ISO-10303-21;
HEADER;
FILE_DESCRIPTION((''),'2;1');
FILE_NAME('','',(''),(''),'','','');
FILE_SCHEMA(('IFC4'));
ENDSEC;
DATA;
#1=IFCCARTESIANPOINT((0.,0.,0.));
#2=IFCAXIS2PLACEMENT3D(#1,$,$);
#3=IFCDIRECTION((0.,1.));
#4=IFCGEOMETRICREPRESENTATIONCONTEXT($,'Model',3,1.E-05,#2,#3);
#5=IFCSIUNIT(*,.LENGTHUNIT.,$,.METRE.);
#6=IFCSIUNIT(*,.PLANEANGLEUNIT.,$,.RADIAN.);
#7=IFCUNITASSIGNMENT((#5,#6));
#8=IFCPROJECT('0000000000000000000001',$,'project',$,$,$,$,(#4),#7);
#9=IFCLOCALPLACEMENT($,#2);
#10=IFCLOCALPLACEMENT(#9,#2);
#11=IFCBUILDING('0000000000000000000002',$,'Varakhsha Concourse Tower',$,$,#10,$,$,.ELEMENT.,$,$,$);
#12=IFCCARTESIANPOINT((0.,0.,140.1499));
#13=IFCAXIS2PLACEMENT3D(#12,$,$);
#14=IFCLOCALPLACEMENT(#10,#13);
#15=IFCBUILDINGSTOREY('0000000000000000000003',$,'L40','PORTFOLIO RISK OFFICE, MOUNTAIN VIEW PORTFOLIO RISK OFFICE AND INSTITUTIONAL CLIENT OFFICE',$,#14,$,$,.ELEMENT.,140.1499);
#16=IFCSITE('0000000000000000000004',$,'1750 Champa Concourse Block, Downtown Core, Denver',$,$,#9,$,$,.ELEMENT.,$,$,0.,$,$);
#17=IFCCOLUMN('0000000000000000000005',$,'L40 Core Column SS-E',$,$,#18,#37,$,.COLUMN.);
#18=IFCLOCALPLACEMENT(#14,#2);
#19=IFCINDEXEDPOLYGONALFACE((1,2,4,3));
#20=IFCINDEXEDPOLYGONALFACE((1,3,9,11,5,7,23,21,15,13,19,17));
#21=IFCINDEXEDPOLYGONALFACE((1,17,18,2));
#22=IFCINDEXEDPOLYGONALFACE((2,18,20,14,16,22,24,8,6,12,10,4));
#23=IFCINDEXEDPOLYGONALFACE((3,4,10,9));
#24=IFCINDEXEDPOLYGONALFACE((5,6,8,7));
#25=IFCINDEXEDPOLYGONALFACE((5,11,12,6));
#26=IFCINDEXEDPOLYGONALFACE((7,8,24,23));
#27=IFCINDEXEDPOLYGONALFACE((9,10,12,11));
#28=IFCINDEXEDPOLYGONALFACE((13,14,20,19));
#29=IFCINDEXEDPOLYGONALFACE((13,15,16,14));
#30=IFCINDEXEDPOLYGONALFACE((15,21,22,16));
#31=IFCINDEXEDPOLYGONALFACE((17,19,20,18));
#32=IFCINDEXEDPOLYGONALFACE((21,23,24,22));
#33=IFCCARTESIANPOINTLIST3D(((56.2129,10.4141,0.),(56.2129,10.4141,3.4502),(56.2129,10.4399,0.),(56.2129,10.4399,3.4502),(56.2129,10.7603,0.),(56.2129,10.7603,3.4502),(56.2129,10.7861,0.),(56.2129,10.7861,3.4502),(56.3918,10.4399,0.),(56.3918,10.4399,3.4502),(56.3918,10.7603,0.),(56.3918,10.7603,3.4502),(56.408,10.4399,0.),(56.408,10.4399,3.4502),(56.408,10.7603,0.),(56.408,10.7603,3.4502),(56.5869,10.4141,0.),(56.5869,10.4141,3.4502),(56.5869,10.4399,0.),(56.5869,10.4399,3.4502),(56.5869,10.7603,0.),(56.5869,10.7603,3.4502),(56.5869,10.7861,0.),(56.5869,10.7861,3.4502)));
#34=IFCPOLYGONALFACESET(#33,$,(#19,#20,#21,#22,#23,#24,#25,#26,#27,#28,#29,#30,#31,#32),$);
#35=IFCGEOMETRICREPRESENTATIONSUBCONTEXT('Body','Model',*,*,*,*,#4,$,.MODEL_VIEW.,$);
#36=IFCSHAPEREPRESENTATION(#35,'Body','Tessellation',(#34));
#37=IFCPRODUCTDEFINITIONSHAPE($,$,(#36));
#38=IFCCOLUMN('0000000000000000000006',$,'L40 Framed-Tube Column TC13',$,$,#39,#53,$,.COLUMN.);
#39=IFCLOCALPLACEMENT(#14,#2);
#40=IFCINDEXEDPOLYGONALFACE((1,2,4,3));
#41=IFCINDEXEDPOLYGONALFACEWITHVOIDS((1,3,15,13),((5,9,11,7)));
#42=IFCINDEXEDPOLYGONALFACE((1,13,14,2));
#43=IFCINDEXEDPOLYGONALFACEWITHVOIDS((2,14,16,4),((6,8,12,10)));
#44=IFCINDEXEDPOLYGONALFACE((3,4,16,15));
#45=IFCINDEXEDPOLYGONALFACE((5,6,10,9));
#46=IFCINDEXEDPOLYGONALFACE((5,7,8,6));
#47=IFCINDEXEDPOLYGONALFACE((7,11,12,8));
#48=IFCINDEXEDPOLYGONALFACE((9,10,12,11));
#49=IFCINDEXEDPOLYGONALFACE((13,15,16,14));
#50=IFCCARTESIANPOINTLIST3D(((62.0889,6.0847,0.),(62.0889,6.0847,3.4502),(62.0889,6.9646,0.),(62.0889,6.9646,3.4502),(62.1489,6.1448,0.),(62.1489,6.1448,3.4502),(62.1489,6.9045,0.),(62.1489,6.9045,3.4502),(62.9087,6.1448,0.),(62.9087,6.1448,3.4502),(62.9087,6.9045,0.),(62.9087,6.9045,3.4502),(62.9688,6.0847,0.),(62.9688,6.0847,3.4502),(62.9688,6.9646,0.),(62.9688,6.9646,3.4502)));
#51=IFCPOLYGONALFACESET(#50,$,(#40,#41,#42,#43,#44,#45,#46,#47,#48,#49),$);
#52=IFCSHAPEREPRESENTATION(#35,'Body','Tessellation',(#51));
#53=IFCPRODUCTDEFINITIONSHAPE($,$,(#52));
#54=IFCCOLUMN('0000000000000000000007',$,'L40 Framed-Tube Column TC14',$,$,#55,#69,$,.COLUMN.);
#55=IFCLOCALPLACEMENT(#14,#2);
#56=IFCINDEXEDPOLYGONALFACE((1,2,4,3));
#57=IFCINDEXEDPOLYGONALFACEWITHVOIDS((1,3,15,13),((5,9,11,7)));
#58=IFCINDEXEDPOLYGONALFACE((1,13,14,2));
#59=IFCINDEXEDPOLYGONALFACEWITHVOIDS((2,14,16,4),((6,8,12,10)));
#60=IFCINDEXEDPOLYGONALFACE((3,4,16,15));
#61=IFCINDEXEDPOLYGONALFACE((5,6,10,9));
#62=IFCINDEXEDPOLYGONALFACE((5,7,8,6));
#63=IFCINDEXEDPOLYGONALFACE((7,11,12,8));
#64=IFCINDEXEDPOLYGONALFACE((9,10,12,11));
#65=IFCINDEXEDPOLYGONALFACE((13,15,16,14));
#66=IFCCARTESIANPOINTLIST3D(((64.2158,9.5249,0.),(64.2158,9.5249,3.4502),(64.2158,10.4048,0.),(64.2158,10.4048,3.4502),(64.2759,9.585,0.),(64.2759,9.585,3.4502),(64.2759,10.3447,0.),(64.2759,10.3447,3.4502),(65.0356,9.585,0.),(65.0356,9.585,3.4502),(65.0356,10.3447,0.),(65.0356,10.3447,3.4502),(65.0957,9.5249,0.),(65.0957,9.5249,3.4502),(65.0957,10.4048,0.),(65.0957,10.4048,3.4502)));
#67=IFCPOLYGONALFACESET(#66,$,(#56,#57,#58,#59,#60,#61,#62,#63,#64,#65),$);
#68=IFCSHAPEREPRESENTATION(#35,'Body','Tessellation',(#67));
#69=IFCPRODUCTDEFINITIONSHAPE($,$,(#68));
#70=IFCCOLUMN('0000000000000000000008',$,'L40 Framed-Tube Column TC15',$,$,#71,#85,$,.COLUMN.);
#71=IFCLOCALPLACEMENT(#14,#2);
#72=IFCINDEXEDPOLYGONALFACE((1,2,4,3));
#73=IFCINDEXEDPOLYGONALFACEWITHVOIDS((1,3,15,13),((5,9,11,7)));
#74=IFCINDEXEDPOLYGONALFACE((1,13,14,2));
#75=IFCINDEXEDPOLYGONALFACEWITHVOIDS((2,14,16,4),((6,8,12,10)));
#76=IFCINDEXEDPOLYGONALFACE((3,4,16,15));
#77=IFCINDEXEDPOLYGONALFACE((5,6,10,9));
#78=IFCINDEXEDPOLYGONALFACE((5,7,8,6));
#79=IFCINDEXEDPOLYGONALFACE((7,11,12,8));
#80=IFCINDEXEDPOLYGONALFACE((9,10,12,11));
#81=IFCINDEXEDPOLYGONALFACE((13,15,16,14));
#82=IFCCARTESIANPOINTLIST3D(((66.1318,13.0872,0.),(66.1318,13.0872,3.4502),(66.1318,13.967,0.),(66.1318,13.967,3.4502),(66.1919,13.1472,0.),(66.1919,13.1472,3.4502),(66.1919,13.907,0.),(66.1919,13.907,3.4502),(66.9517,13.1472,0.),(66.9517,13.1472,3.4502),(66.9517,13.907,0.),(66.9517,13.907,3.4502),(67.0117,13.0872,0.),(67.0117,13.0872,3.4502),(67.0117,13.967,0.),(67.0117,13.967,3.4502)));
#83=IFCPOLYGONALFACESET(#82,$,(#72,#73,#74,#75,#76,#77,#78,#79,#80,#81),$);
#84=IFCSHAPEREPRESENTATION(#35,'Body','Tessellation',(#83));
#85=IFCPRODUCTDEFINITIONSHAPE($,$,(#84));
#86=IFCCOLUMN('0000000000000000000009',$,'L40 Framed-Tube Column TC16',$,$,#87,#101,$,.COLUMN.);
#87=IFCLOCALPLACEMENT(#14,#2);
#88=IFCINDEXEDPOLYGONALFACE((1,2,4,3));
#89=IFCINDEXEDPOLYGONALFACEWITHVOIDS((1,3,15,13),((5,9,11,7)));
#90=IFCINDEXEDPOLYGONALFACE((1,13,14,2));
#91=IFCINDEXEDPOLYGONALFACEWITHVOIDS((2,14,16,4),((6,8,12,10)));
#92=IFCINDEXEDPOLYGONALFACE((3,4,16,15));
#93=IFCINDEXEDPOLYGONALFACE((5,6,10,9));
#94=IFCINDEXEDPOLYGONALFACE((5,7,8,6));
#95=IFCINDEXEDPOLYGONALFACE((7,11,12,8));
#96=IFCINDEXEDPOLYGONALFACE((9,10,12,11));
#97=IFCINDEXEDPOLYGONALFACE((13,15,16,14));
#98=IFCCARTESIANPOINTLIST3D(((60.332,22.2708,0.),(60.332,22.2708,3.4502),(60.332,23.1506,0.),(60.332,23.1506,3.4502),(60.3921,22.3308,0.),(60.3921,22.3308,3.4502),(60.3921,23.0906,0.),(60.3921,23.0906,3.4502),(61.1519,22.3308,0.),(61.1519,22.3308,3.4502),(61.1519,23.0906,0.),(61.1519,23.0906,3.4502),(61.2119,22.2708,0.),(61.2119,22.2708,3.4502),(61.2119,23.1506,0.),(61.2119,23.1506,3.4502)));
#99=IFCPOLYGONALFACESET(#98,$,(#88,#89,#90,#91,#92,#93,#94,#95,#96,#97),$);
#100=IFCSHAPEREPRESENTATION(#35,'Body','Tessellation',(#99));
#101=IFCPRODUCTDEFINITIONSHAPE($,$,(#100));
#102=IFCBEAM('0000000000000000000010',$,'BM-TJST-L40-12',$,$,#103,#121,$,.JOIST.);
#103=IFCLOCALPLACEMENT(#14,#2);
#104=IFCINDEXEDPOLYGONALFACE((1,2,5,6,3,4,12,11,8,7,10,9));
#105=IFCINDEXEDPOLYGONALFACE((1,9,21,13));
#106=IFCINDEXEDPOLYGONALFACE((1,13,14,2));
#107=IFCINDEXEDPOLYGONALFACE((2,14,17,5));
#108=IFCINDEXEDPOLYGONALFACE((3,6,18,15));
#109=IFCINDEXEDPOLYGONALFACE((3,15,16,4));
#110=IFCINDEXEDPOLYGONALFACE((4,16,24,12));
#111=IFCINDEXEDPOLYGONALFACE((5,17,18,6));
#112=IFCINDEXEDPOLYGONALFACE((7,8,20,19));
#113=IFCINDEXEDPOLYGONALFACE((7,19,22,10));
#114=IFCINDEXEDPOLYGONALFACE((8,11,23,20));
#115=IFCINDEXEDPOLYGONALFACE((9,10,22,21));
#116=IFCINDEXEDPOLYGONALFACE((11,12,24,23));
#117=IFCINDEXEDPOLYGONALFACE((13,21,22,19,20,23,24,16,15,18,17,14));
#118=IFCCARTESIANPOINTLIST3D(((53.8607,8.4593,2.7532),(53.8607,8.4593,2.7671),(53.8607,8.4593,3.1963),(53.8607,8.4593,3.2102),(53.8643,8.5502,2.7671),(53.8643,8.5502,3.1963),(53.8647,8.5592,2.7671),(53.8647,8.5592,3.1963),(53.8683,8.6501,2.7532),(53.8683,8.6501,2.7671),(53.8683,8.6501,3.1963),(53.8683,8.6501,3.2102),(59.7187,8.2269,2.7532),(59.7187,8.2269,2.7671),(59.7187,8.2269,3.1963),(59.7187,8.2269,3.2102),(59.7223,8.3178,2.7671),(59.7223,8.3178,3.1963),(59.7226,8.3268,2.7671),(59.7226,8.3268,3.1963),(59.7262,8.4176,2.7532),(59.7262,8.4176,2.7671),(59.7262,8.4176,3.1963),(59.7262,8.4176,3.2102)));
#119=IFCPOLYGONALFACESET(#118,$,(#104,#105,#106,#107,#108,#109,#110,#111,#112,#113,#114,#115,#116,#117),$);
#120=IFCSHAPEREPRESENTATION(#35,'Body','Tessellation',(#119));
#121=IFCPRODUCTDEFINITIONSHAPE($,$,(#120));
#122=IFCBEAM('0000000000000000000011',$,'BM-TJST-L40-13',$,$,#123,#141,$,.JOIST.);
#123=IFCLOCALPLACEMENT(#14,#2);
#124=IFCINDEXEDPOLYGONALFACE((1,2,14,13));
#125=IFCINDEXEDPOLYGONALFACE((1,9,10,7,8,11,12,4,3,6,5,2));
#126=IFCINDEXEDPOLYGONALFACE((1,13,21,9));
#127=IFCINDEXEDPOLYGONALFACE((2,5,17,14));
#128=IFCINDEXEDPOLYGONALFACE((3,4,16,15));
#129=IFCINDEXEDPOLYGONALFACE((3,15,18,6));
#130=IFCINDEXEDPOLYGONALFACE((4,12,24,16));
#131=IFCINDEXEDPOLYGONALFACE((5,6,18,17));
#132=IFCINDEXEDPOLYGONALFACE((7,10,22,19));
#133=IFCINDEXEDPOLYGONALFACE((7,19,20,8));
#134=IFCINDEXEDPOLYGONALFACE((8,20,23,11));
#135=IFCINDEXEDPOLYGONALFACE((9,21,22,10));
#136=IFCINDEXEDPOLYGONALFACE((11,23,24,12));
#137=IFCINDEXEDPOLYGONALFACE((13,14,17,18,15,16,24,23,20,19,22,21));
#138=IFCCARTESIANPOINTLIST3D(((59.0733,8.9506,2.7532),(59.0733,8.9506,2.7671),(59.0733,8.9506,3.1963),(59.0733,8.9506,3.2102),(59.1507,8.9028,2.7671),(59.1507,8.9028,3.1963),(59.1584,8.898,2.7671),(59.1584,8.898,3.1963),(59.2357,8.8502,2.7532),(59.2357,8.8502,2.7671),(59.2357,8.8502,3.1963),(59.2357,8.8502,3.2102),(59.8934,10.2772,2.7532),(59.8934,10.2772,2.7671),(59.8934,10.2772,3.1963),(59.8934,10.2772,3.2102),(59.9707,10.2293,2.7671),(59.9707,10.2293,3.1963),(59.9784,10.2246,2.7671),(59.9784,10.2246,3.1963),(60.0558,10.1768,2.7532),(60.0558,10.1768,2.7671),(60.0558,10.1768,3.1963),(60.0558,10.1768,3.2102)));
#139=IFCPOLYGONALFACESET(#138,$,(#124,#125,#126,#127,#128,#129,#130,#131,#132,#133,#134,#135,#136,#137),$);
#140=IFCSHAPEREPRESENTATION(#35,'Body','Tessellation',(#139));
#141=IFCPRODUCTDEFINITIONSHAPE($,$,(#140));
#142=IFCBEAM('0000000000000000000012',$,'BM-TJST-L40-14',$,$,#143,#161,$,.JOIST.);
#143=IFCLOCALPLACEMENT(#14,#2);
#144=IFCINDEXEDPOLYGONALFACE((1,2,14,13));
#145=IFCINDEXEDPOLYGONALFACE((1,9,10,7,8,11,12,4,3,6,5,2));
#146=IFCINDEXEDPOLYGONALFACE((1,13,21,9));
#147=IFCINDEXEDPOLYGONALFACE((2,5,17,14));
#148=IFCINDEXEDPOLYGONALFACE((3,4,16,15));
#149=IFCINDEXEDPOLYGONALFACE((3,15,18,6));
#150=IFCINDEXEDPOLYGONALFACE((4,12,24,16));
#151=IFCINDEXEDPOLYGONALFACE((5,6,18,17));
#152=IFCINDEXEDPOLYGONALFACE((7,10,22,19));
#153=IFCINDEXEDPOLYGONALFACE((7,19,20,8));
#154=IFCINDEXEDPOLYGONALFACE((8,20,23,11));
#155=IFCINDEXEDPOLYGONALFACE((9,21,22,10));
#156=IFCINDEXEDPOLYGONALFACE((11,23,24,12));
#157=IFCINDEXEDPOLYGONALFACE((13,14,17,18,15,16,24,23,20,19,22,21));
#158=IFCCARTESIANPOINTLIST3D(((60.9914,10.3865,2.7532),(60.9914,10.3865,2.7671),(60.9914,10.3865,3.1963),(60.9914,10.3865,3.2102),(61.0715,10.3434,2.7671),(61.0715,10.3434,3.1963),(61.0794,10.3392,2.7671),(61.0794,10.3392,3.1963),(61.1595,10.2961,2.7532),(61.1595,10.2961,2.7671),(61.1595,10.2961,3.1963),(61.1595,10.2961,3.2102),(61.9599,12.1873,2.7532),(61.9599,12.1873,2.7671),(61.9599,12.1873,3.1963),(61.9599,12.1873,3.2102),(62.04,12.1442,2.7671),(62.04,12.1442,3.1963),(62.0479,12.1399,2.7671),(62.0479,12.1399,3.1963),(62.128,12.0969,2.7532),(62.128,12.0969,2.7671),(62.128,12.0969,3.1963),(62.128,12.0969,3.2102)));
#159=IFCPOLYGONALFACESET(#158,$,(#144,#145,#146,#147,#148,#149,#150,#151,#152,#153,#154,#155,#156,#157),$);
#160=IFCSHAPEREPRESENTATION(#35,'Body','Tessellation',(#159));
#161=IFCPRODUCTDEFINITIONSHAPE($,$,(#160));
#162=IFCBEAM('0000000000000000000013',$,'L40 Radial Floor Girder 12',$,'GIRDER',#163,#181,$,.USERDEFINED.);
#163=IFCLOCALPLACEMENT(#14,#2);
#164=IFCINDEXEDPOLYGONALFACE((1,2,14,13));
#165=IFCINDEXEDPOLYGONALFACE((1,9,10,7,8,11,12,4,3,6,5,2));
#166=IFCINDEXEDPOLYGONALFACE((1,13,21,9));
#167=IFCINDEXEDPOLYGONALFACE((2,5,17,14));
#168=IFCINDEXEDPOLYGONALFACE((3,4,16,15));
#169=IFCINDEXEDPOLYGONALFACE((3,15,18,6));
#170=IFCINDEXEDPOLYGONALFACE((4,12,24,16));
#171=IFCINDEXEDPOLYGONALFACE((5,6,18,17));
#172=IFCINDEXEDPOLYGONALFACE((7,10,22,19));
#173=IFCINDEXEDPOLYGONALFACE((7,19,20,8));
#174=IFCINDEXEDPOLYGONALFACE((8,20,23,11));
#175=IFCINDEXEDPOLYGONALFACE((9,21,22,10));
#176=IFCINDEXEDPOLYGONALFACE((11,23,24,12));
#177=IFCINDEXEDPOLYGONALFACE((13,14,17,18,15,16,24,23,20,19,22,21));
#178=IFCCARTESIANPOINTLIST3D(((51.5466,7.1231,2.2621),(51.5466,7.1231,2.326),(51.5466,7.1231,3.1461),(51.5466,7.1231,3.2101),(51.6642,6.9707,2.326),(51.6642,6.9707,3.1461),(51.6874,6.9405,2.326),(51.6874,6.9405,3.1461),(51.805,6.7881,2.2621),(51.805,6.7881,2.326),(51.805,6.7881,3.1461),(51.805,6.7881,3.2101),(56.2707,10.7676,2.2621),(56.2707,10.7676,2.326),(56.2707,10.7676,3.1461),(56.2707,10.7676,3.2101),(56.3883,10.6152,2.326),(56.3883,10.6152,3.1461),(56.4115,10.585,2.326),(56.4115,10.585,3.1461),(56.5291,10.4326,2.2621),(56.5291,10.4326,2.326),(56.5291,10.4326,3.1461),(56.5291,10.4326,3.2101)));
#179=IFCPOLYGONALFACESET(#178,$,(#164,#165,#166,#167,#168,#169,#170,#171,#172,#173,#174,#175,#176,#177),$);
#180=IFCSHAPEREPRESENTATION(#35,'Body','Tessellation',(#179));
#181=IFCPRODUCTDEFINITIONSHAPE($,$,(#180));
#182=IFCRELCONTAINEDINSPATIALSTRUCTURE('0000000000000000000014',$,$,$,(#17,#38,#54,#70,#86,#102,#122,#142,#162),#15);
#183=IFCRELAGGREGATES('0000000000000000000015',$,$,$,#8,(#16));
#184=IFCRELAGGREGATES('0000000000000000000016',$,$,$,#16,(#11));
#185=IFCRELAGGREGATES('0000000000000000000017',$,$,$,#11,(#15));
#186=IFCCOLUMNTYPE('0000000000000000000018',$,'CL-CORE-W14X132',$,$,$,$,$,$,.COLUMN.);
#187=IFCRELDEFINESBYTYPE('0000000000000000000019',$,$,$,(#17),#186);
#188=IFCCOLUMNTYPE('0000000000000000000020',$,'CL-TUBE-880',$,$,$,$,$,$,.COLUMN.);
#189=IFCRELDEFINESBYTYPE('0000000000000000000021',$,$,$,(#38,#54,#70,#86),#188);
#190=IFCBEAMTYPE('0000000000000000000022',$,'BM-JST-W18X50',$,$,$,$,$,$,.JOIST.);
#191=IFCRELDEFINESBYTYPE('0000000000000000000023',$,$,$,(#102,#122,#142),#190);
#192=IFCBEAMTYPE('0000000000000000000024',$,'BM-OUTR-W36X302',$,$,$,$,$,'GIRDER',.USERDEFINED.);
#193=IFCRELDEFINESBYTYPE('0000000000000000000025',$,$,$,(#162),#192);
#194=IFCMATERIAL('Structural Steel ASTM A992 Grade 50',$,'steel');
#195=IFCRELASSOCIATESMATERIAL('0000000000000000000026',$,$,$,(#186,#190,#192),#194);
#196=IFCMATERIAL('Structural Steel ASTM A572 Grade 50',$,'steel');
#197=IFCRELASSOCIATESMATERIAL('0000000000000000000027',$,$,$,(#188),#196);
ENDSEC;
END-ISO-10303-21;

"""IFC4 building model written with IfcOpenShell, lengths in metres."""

from ifc_helpers import new_model, si_unit, direction, frame, origin, origin_2d, place, context, subcontext, project, spatial, hollow_rectangle, i_section, extrude, material, material_profile, profile_set, type_object, element, save


model = new_model("IFC4")

# Units and contexts
model_context = context("Model", 3, precision=1e-05, world=origin(), true_north=direction((0.0, 1.0)))
body_context = subcontext(model_context, "Body", "Model", "MODEL_VIEW")
ifc_project = project(units=[si_unit("LENGTHUNIT", "METRE"), si_unit("PLANEANGLEUNIT", "RADIAN")], contexts=[model_context])

# Site, building, storey
site_placement = place(None, origin())
site = spatial("IfcSite", under=ifc_project, at=site_placement, Name="1750 Champa Concourse Block, Downtown Core, Denver", CompositionType="ELEMENT", RefElevation=0.0)
building_placement = place(site_placement, origin())
building = spatial("IfcBuilding", under=site, at=building_placement, Name="Varakhsha Concourse Tower", CompositionType="ELEMENT")
storey_placement = place(building_placement, frame((0.0, 0.0, 140.1499)))
storey = spatial("IfcBuildingStorey", under=building, at=storey_placement, Name="L40", Description="PORTFOLIO RISK OFFICE, MOUNTAIN VIEW PORTFOLIO RISK OFFICE AND INSTITUTIONAL CLIENT OFFICE", CompositionType="ELEMENT", Elevation=140.1499)

# Columns
ifc_material_1 = material(Name="Structural Steel ASTM A992 Grade 50", Category="steel")
ifc_material_profile_1 = material_profile(ifc_material_1, i_section(OverallWidth=0.374, OverallDepth=0.3721, WebThickness=0.0161, FlangeThickness=0.0259, at=origin_2d()), Name="W14X132")
ifc_profile_set_1 = profile_set([ifc_material_profile_1], Name="Structural Steel ASTM A992 Grade 50")
column_type_1 = type_object("IfcColumnType", Name="CL-CORE-W14X132", PredefinedType="COLUMN", material=ifc_profile_set_1)
column_placement = place(storey_placement, frame((56.3999, 10.6001, 0.0), z_axis=(0.0, 0.0, 1.0), x_axis=(1.0, 0.0, 0.0)))
element("IfcColumn", 1, at=column_placement, inside=storey, type_object=column_type_1, Name="L40 Core Column SS-E", PredefinedType="COLUMN", context=body_context, shape_type="SweptSolid", body=[
    extrude(i_section(OverallWidth=0.374, OverallDepth=0.3721, WebThickness=0.0161, FlangeThickness=0.0259, at=origin_2d()), origin(), (0.0, 0.0, 1.0), 3.4502),
])
ifc_material_2 = material(Name="Structural Steel ASTM A572 Grade 50", Category="steel")
ifc_material_profile_2 = material_profile(ifc_material_2, hollow_rectangle(XDim=0.8799, YDim=0.8799, WallThickness=0.0601, at=origin_2d()), Name="BOX 880x880x60")
ifc_profile_set_2 = profile_set([ifc_material_profile_2], Name="Structural Steel ASTM A572 Grade 50")
column_type_2 = type_object("IfcColumnType", Name="CL-TUBE-880", PredefinedType="COLUMN", material=ifc_profile_set_2)
for number, where, z_axis, x_axis, name in (
    (2, (62.5288, 6.5247, 0.0), (0.0, 0.0, 1.0), (1.0, 0.0, 0.0), "L40 Framed-Tube Column TC13"),
    (3, (64.6558, 9.9648, 0.0), (0.0, 0.0, 1.0), (1.0, 0.0, 0.0), "L40 Framed-Tube Column TC14"),
    (4, (66.5718, 13.5271, 0.0), (0.0, 0.0, 1.0), (1.0, 0.0, 0.0), "L40 Framed-Tube Column TC15"),
    (5, (60.772, 22.7107, 0.0), (0.0, 0.0, 1.0), (1.0, 0.0, 0.0), "L40 Framed-Tube Column TC16"),
):
    element("IfcColumn", number, at=place(storey_placement, frame(where, z_axis=z_axis, x_axis=x_axis)), inside=storey, type_object=column_type_2, Name=name, PredefinedType="COLUMN", context=body_context, shape_type="SweptSolid", body=[
        extrude(hollow_rectangle(XDim=0.8799, YDim=0.8799, WallThickness=0.0601, at=origin_2d()), origin(), (0.0, 0.0, 1.0), 3.4502),
    ])

# Beams
ifc_material_profile_3 = material_profile(ifc_material_1, i_section(OverallWidth=0.1909, OverallDepth=0.457, WebThickness=0.009, FlangeThickness=0.0139, at=origin_2d()), Name="W18X50")
ifc_profile_set_3 = profile_set([ifc_material_profile_3], Name="Structural Steel ASTM A992 Grade 50")
beam_type_1 = type_object("IfcBeamType", Name="BM-JST-W18X50", PredefinedType="JOIST", material=ifc_profile_set_3)
beam_1_placement = place(storey_placement, frame((53.8645, 8.5547, 2.9817), z_axis=(0.999214, -0.039645, 0.0), x_axis=(0.039645, 0.999214, 0.0)))
element("IfcBeam", 6, at=beam_1_placement, inside=storey, type_object=beam_type_1, Name="BM-TJST-L40-12", PredefinedType="JOIST", context=body_context, shape_type="SweptSolid", body=[
    extrude(i_section(OverallWidth=0.1909, OverallDepth=0.457, WebThickness=0.009, FlangeThickness=0.0139, at=origin_2d()), origin(), (0.0, 0.0, 1.0), 5.8625),
])
beam_2_placement = place(storey_placement, frame((59.1545, 8.9004, 2.9817), z_axis=(0.525799, 0.850609, 0.0), x_axis=(-0.850609, 0.525799, 0.0)))
element("IfcBeam", 7, at=beam_2_placement, inside=storey, type_object=beam_type_1, Name="BM-TJST-L40-13", PredefinedType="JOIST", context=body_context, shape_type="SweptSolid", body=[
    extrude(i_section(OverallWidth=0.1909, OverallDepth=0.457, WebThickness=0.009, FlangeThickness=0.0139, at=origin_2d()), origin(), (0.0, 0.0, 1.0), 1.5596),
])
beam_3_placement = place(storey_placement, frame((61.0754, 10.3413, 2.9817), z_axis=(0.473665, 0.880705, 0.0), x_axis=(-0.880705, 0.473665, 0.0)))
element("IfcBeam", 8, at=beam_3_placement, inside=storey, type_object=beam_type_1, Name="BM-TJST-L40-14", PredefinedType="JOIST", context=body_context, shape_type="SweptSolid", body=[
    extrude(i_section(OverallWidth=0.1909, OverallDepth=0.457, WebThickness=0.009, FlangeThickness=0.0139, at=origin_2d()), origin(), (0.0, 0.0, 1.0), 2.0447),
])
ifc_material_profile_4 = material_profile(ifc_material_1, i_section(OverallWidth=0.4231, OverallDepth=0.948, WebThickness=0.0381, FlangeThickness=0.064, at=origin_2d()), Name="W36X302")
ifc_profile_set_4 = profile_set([ifc_material_profile_4], Name="Structural Steel ASTM A992 Grade 50")
beam_type_2 = type_object("IfcBeamType", Name="BM-OUTR-W36X302", ElementType="GIRDER", PredefinedType="USERDEFINED", material=ifc_profile_set_4)
beam_4_placement = place(storey_placement, frame((56.3999, 10.6001, 2.7361), z_axis=(-0.791765, -0.610825, 0.0), x_axis=(0.610825, -0.791765, 0.0)))
element("IfcBeam", 9, at=beam_4_placement, inside=storey, type_object=beam_type_2, Name="L40 Radial Floor Girder 12", ObjectType="GIRDER", PredefinedType="USERDEFINED", context=body_context, shape_type="SweptSolid", body=[
    extrude(i_section(OverallWidth=0.4231, OverallDepth=0.948, WebThickness=0.0381, FlangeThickness=0.064, at=origin_2d()), origin(), (0.0, 0.0, 1.0), 5.9666),
])

save(model, "model.ifc")
